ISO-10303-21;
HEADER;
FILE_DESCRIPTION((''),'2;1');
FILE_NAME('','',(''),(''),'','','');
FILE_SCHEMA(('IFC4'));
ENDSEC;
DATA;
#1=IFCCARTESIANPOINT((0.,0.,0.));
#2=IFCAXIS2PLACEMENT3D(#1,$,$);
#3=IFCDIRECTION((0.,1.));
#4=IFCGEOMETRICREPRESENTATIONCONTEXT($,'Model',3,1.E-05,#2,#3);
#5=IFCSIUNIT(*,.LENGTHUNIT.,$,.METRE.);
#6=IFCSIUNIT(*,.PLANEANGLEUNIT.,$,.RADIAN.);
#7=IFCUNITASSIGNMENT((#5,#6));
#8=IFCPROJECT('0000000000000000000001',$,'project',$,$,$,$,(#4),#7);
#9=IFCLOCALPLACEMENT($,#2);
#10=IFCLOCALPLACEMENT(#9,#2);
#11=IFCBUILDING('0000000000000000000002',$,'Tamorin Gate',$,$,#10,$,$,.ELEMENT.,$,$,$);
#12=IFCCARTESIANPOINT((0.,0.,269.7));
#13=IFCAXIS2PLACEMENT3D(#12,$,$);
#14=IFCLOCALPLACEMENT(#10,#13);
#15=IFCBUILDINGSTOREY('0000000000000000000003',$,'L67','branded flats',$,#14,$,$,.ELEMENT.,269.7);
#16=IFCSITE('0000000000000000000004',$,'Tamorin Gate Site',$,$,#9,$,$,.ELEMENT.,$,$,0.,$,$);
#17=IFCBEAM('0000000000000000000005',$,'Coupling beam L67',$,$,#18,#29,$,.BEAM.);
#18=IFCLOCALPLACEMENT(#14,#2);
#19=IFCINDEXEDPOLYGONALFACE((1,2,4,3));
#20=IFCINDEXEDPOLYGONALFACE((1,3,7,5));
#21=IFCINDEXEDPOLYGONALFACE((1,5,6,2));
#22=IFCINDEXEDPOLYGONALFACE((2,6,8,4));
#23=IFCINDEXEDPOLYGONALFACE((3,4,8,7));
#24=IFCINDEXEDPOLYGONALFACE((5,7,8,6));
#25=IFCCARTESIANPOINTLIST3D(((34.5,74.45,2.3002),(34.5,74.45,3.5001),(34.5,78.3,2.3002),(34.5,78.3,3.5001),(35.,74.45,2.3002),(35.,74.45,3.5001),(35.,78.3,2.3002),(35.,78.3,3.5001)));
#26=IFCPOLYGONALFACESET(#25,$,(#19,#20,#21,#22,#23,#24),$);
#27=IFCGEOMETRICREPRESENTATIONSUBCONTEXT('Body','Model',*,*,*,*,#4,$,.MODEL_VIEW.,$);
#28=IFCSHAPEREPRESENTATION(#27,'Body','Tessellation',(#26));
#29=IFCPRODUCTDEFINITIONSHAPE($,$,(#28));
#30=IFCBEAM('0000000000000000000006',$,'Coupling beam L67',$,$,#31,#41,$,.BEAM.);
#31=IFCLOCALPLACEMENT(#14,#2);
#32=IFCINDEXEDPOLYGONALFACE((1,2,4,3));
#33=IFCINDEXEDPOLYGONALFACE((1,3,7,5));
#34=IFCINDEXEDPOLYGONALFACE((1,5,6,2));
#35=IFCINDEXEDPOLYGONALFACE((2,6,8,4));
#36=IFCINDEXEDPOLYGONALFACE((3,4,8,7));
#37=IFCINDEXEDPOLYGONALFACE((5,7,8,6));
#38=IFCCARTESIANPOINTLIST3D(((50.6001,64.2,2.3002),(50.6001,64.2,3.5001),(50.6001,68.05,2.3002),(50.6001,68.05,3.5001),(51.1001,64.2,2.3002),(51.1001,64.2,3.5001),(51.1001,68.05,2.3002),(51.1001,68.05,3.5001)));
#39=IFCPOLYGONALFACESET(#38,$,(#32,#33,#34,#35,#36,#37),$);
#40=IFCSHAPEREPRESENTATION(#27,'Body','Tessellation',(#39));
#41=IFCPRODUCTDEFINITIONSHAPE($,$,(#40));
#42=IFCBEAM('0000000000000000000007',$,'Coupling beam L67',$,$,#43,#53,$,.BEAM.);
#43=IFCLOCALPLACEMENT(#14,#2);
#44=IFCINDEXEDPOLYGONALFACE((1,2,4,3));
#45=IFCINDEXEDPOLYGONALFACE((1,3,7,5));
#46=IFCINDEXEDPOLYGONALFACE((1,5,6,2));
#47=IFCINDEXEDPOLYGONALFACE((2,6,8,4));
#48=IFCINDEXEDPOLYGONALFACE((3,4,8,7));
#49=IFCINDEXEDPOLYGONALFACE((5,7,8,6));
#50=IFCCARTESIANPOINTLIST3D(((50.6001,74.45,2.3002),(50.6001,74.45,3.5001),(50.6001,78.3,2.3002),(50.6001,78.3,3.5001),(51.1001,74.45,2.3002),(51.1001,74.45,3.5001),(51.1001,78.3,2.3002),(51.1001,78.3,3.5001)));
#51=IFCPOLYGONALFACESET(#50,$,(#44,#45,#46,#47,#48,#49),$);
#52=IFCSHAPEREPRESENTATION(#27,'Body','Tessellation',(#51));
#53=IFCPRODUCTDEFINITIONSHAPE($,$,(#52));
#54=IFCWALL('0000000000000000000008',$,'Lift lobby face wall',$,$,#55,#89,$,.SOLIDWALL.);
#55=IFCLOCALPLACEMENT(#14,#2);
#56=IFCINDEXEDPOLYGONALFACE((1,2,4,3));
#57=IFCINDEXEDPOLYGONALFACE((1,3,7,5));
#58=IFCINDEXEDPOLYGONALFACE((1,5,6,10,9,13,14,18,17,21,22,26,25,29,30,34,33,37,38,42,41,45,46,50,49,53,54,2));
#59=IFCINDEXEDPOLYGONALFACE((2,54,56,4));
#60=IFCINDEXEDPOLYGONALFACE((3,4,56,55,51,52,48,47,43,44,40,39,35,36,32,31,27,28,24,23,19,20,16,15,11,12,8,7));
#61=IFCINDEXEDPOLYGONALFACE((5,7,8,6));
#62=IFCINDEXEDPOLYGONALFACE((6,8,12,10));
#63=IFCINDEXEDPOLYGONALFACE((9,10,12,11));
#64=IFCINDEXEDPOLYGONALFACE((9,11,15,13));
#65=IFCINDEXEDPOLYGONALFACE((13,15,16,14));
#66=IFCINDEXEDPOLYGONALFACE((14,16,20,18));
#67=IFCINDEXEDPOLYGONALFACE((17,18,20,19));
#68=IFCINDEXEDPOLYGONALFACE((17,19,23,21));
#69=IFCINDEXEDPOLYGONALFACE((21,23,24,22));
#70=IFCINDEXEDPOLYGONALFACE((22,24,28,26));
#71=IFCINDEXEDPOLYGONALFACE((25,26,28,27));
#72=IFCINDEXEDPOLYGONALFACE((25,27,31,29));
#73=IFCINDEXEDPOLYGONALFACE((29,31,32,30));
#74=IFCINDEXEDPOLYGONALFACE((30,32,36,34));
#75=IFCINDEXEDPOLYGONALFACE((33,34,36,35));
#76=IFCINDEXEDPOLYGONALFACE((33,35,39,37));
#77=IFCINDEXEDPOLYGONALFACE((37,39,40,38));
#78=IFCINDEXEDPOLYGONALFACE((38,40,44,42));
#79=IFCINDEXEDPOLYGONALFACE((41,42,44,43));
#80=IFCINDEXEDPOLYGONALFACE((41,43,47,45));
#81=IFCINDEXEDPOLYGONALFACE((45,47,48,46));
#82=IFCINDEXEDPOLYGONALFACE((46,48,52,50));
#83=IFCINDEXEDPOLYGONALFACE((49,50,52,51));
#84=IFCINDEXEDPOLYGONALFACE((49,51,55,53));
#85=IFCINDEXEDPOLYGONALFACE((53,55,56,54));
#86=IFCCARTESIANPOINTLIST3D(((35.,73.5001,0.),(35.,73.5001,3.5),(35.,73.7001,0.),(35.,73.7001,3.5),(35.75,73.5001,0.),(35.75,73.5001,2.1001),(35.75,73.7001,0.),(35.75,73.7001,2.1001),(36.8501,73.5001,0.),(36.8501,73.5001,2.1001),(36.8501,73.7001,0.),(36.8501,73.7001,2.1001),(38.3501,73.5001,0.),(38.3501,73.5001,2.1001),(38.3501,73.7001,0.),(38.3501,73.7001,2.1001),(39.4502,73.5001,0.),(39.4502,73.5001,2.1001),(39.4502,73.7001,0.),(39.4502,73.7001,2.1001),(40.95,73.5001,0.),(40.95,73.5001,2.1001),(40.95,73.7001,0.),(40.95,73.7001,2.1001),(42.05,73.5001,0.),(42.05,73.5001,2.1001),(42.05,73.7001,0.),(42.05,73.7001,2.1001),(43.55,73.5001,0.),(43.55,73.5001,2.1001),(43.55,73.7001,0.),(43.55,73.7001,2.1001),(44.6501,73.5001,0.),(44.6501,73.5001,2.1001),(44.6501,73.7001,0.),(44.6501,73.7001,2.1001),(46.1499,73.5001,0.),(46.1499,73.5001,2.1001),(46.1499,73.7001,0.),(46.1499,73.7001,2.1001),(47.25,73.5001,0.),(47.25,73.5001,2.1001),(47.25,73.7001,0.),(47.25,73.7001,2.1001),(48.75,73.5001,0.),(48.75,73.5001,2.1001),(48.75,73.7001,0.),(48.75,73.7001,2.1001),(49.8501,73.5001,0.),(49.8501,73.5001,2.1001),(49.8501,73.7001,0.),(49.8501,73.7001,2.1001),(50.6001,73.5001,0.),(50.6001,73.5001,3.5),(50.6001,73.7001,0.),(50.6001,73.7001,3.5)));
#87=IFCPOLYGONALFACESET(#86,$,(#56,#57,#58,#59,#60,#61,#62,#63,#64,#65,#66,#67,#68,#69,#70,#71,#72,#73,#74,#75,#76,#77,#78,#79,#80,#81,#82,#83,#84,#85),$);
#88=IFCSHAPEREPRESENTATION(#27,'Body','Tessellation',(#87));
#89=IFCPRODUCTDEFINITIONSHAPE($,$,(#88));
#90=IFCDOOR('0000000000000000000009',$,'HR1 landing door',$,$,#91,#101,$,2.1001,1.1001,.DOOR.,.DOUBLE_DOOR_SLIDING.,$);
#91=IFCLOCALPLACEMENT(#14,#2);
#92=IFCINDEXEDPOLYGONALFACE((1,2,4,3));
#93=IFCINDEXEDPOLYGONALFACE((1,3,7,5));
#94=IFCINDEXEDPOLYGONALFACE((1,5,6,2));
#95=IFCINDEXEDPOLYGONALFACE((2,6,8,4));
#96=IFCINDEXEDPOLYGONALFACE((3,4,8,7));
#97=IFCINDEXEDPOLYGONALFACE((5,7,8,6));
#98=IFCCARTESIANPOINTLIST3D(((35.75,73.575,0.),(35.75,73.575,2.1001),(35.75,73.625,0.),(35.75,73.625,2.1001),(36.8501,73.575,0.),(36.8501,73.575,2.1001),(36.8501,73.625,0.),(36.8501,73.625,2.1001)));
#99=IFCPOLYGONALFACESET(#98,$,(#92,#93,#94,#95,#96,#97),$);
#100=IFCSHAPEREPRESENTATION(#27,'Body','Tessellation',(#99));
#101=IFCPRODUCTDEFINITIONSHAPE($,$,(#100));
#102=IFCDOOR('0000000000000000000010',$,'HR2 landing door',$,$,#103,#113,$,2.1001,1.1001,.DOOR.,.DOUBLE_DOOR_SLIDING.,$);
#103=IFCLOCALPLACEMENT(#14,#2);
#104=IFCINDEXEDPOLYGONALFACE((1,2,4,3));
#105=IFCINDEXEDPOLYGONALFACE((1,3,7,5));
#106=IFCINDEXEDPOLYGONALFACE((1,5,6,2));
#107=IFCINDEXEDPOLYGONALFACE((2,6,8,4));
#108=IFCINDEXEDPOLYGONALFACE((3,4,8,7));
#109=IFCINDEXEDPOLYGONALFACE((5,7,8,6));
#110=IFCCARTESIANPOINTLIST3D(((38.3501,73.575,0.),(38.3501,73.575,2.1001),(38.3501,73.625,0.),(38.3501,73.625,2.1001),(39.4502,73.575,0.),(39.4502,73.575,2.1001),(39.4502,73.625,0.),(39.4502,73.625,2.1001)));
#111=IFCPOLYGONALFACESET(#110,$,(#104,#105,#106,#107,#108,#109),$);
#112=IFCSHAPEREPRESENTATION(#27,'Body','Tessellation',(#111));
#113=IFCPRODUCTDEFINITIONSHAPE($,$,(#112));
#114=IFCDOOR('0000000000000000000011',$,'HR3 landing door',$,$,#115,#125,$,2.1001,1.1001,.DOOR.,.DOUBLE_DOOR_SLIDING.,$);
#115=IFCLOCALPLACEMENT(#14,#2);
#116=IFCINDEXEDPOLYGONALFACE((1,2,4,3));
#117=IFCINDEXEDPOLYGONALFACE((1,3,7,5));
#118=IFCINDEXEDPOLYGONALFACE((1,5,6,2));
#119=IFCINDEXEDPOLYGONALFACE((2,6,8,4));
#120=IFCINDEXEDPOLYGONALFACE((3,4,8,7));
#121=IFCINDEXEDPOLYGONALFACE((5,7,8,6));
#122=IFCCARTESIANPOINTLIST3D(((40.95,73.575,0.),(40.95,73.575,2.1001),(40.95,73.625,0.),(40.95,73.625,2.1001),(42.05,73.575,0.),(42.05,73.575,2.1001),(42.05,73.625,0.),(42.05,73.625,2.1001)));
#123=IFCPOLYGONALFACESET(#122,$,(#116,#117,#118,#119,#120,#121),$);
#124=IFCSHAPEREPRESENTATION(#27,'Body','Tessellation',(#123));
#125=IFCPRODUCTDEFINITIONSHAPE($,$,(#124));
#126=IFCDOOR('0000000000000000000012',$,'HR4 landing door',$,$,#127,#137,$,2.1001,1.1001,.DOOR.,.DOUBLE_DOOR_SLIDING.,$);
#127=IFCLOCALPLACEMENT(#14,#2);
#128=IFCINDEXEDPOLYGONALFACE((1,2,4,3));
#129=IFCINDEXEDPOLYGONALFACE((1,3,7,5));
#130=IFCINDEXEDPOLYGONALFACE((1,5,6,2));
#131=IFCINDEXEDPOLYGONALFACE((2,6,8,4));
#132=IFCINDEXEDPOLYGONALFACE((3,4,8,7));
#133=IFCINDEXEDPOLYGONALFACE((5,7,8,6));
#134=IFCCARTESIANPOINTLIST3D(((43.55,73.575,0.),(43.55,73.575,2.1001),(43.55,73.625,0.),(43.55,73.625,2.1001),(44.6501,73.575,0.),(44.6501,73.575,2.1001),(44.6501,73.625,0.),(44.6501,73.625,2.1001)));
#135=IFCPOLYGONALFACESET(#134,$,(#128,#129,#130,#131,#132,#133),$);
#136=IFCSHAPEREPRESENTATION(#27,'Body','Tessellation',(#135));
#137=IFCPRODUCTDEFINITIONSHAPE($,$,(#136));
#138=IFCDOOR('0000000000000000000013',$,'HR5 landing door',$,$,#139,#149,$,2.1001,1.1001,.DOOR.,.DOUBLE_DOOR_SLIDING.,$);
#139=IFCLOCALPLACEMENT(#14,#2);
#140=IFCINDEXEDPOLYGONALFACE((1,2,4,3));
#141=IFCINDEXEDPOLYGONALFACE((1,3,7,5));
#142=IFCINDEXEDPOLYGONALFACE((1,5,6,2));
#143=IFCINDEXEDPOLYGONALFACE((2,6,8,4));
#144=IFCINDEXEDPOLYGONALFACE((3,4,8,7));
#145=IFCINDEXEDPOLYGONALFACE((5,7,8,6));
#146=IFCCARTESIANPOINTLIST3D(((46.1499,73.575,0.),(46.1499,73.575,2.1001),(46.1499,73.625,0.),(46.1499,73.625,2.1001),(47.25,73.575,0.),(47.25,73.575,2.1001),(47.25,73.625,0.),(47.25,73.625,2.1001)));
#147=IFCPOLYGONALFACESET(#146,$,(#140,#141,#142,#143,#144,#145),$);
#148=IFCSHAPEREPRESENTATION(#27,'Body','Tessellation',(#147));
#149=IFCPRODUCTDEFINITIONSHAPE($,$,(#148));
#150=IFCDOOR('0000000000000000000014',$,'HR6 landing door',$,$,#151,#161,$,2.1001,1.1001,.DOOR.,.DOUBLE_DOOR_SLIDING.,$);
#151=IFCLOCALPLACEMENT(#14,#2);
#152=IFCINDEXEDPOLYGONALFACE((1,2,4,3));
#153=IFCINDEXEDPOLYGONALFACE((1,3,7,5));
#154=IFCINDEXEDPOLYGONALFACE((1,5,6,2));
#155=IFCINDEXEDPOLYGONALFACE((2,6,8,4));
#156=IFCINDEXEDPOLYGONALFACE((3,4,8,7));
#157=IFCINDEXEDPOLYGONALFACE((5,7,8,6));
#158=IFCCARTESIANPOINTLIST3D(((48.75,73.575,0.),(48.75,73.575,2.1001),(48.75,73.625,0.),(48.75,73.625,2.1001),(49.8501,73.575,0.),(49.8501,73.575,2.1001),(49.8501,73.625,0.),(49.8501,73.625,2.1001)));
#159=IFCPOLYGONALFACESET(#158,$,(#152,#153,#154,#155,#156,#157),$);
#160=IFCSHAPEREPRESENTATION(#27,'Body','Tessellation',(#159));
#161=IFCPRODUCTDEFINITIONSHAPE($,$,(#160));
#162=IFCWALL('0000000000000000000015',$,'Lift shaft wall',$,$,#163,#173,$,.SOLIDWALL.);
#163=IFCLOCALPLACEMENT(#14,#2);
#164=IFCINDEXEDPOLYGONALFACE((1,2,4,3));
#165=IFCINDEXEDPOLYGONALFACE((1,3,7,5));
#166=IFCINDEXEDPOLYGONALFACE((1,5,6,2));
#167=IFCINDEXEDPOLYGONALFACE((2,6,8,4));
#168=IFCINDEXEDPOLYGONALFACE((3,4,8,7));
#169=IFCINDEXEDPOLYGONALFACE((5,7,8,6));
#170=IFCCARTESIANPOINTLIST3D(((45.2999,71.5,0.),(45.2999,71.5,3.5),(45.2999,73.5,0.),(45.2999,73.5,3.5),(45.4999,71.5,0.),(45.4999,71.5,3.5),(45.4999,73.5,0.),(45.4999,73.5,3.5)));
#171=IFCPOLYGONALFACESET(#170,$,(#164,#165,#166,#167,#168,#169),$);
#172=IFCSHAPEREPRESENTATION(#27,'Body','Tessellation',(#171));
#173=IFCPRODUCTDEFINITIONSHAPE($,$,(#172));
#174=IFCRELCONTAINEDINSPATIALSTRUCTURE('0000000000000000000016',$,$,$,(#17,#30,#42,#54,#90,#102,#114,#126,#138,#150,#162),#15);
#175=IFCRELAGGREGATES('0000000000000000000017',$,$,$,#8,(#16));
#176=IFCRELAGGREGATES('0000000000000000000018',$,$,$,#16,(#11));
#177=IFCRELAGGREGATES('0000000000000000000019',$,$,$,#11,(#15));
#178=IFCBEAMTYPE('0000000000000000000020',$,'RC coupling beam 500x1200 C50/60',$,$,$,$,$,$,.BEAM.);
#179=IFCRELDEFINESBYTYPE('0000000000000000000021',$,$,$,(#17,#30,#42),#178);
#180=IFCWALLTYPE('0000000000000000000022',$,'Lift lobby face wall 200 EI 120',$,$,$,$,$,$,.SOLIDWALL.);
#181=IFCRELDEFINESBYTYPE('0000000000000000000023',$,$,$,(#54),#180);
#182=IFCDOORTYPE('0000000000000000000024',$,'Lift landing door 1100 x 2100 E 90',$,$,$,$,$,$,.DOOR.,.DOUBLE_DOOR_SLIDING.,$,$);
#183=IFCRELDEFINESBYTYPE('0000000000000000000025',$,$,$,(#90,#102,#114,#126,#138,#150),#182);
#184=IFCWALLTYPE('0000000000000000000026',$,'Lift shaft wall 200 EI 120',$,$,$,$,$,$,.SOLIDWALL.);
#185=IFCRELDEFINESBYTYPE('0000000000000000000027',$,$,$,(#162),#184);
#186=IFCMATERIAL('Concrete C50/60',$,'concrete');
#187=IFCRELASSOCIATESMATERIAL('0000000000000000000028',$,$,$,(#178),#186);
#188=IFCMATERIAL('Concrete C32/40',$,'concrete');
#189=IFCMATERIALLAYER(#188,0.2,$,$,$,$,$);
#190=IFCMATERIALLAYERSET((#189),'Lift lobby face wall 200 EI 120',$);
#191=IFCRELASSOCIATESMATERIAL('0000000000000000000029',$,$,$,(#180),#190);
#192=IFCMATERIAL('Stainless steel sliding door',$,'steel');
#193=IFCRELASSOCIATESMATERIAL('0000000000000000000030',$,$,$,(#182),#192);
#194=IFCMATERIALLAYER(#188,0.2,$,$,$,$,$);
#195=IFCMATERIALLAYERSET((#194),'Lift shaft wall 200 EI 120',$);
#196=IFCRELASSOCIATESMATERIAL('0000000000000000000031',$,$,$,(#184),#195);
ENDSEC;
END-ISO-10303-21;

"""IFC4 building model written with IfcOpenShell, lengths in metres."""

from ifc_helpers import new_model, si_unit, direction, frame, frame_2d, origin, origin_2d, place, context, subcontext, project, spatial, rectangle, extrude, material, layer, layer_set, material_profile, profile_set, type_object, element, fill, save


model = new_model("IFC4")

# Units and contexts
model_context = context("Model", 3, precision=1e-05, world=origin(), true_north=direction((0.0, 1.0)))
body_context = subcontext(model_context, "Body", "Model", "MODEL_VIEW")
ifc_project = project(units=[si_unit("LENGTHUNIT", "METRE"), si_unit("PLANEANGLEUNIT", "RADIAN")], contexts=[model_context])

# Site, building, storey
site_placement = place(None, origin())
site = spatial("IfcSite", under=ifc_project, at=site_placement, Name="Tamorin Gate Site", CompositionType="ELEMENT", RefElevation=0.0)
building_placement = place(site_placement, origin())
building = spatial("IfcBuilding", under=site, at=building_placement, Name="Tamorin Gate", CompositionType="ELEMENT")
storey_placement = place(building_placement, frame((0.0, 0.0, 269.7)))
storey = spatial("IfcBuildingStorey", under=building, at=storey_placement, Name="L67", Description="branded flats", CompositionType="ELEMENT", Elevation=269.7)

# Beams
ifc_material_1 = material(Name="Concrete C50/60", Category="concrete")
ifc_material_profile = material_profile(ifc_material_1, rectangle(XDim=0.5, YDim=1.2, at=origin_2d()), Name="RC 500x1200")
ifc_profile_set = profile_set([ifc_material_profile], Name="Concrete C50/60")
beam_type = type_object("IfcBeamType", Name="RC coupling beam 500x1200 C50/60", PredefinedType="BEAM", material=ifc_profile_set)
for number, where, z_axis, x_axis, name in (
    (1, (34.75, 74.45, 2.9001), (0.0, 1.0, 0.0), (-1.0, 0.0, 0.0), "Coupling beam L67"),
    (2, (50.8501, 64.2, 2.9001), (0.0, 1.0, 0.0), (-1.0, 0.0, 0.0), "Coupling beam L67"),
    (3, (50.8501, 74.45, 2.9001), (0.0, 1.0, 0.0), (-1.0, 0.0, 0.0), "Coupling beam L67"),
):
    element("IfcBeam", number, at=place(storey_placement, frame(where, z_axis=z_axis, x_axis=x_axis)), inside=storey, type_object=beam_type, Name=name, PredefinedType="BEAM", context=body_context, shape_type="SweptSolid", body=[
        extrude(rectangle(XDim=0.5, YDim=1.2, at=origin_2d()), origin(), (0.0, 0.0, 1.0), 3.8501),
    ])

# Wall, openings, doors
ifc_material_2 = material(Name="Concrete C32/40", Category="concrete")
ifc_layer_1 = layer(ifc_material_2, 0.2)
ifc_layer_set_1 = layer_set([ifc_layer_1], Name="Lift lobby face wall 200 EI 120")
wall_type_1 = type_object("IfcWallType", Name="Lift lobby face wall 200 EI 120", PredefinedType="SOLIDWALL", material=ifc_layer_set_1)
wall_1_placement = place(storey_placement, frame((35.0, 73.6001, 0.0), z_axis=(0.0, 0.0, 1.0), x_axis=(1.0, 0.0, 0.0)))
wall_1 = element("IfcWall", 4, at=wall_1_placement, inside=storey, type_object=wall_type_1, Name="Lift lobby face wall", PredefinedType="SOLIDWALL", context=body_context, shape_type="SweptSolid", body=[
    extrude(rectangle(XDim=15.6001, YDim=0.2, at=frame_2d((7.8, 0.0))), origin(), (0.0, 0.0, 1.0), 3.5),
])
opening_1_placement = place(wall_1_placement, frame((0.75, 0.0, 0.0)))
opening_1 = element("IfcOpeningElement", 5, at=opening_1_placement, cuts=wall_1, PredefinedType="OPENING", context=body_context, shape_type="SweptSolid", body=[
    extrude(rectangle(XDim=1.1001, YDim=2.1001, at=frame_2d((0.55, 1.05))), frame((0.0, 0.1099, 0.0), z_axis=(0.0, -1.0, 0.0), x_axis=(1.0, 0.0, 0.0)), (0.0, 0.0, 1.0), 0.22),
])
opening_2_placement = place(wall_1_placement, frame((3.3501, 0.0, 0.0)))
opening_2 = element("IfcOpeningElement", 6, at=opening_2_placement, cuts=wall_1, PredefinedType="OPENING", context=body_context, shape_type="SweptSolid", body=[
    extrude(rectangle(XDim=1.1001, YDim=2.1001, at=frame_2d((0.55, 1.05))), frame((0.0, 0.1099, 0.0), z_axis=(0.0, -1.0, 0.0), x_axis=(1.0, 0.0, 0.0)), (0.0, 0.0, 1.0), 0.22),
])
opening_3_placement = place(wall_1_placement, frame((5.95, 0.0, 0.0)))
opening_3 = element("IfcOpeningElement", 7, at=opening_3_placement, cuts=wall_1, PredefinedType="OPENING", context=body_context, shape_type="SweptSolid", body=[
    extrude(rectangle(XDim=1.1001, YDim=2.1001, at=frame_2d((0.55, 1.05))), frame((0.0, 0.1099, 0.0), z_axis=(0.0, -1.0, 0.0), x_axis=(1.0, 0.0, 0.0)), (0.0, 0.0, 1.0), 0.22),
])
opening_4_placement = place(wall_1_placement, frame((8.55, 0.0, 0.0)))
opening_4 = element("IfcOpeningElement", 8, at=opening_4_placement, cuts=wall_1, PredefinedType="OPENING", context=body_context, shape_type="SweptSolid", body=[
    extrude(rectangle(XDim=1.1001, YDim=2.1001, at=frame_2d((0.55, 1.05))), frame((0.0, 0.1099, 0.0), z_axis=(0.0, -1.0, 0.0), x_axis=(1.0, 0.0, 0.0)), (0.0, 0.0, 1.0), 0.22),
])
opening_5_placement = place(wall_1_placement, frame((11.1499, 0.0, 0.0)))
opening_5 = element("IfcOpeningElement", 9, at=opening_5_placement, cuts=wall_1, PredefinedType="OPENING", context=body_context, shape_type="SweptSolid", body=[
    extrude(rectangle(XDim=1.1001, YDim=2.1001, at=frame_2d((0.55, 1.05))), frame((0.0, 0.1099, 0.0), z_axis=(0.0, -1.0, 0.0), x_axis=(1.0, 0.0, 0.0)), (0.0, 0.0, 1.0), 0.22),
])
opening_6_placement = place(wall_1_placement, frame((13.75, 0.0, 0.0)))
opening_6 = element("IfcOpeningElement", 10, at=opening_6_placement, cuts=wall_1, PredefinedType="OPENING", context=body_context, shape_type="SweptSolid", body=[
    extrude(rectangle(XDim=1.1001, YDim=2.1001, at=frame_2d((0.55, 1.05))), frame((0.0, 0.1099, 0.0), z_axis=(0.0, -1.0, 0.0), x_axis=(1.0, 0.0, 0.0)), (0.0, 0.0, 1.0), 0.22),
])
ifc_material_3 = material(Name="Stainless steel sliding door", Category="steel")
door_type_1 = type_object("IfcDoorType", Name="Lift landing door 1100 x 2100 E 90", OperationType="DOUBLE_DOOR_SLIDING", PredefinedType="DOOR", material=ifc_material_3)
door_1_placement = place(opening_1_placement, origin())
door_1 = element("IfcDoor", 11, at=door_1_placement, inside=storey, type_object=door_type_1, Name="HR1 landing door", OperationType="DOUBLE_DOOR_SLIDING", OverallHeight=2.1001, OverallWidth=1.1001, PredefinedType="DOOR", context=body_context, shape_type="SweptSolid", body=[
    extrude(rectangle(XDim=1.1001, YDim=2.1001, at=frame_2d((0.55, 1.05))), frame((0.0, 0.0249, 0.0), z_axis=(0.0, -1.0, 0.0), x_axis=(1.0, 0.0, 0.0)), (0.0, 0.0, 1.0), 0.05),
])
fill(opening_1, door_1)
door_2_placement = place(opening_2_placement, origin())
door_2 = element("IfcDoor", 12, at=door_2_placement, inside=storey, type_object=door_type_1, Name="HR2 landing door", OperationType="DOUBLE_DOOR_SLIDING", OverallHeight=2.1001, OverallWidth=1.1001, PredefinedType="DOOR", context=body_context, shape_type="SweptSolid", body=[
    extrude(rectangle(XDim=1.1001, YDim=2.1001, at=frame_2d((0.55, 1.05))), frame((0.0, 0.0249, 0.0), z_axis=(0.0, -1.0, 0.0), x_axis=(1.0, 0.0, 0.0)), (0.0, 0.0, 1.0), 0.05),
])
fill(opening_2, door_2)
door_3_placement = place(opening_3_placement, origin())
door_3 = element("IfcDoor", 13, at=door_3_placement, inside=storey, type_object=door_type_1, Name="HR3 landing door", OperationType="DOUBLE_DOOR_SLIDING", OverallHeight=2.1001, OverallWidth=1.1001, PredefinedType="DOOR", context=body_context, shape_type="SweptSolid", body=[
    extrude(rectangle(XDim=1.1001, YDim=2.1001, at=frame_2d((0.55, 1.05))), frame((0.0, 0.0249, 0.0), z_axis=(0.0, -1.0, 0.0), x_axis=(1.0, 0.0, 0.0)), (0.0, 0.0, 1.0), 0.05),
])
fill(opening_3, door_3)
door_4_placement = place(opening_4_placement, origin())
door_4 = element("IfcDoor", 14, at=door_4_placement, inside=storey, type_object=door_type_1, Name="HR4 landing door", OperationType="DOUBLE_DOOR_SLIDING", OverallHeight=2.1001, OverallWidth=1.1001, PredefinedType="DOOR", context=body_context, shape_type="SweptSolid", body=[
    extrude(rectangle(XDim=1.1001, YDim=2.1001, at=frame_2d((0.55, 1.05))), frame((0.0, 0.0249, 0.0), z_axis=(0.0, -1.0, 0.0), x_axis=(1.0, 0.0, 0.0)), (0.0, 0.0, 1.0), 0.05),
])
fill(opening_4, door_4)
door_5_placement = place(opening_5_placement, origin())
door_5 = element("IfcDoor", 15, at=door_5_placement, inside=storey, type_object=door_type_1, Name="HR5 landing door", OperationType="DOUBLE_DOOR_SLIDING", OverallHeight=2.1001, OverallWidth=1.1001, PredefinedType="DOOR", context=body_context, shape_type="SweptSolid", body=[
    extrude(rectangle(XDim=1.1001, YDim=2.1001, at=frame_2d((0.55, 1.05))), frame((0.0, 0.0249, 0.0), z_axis=(0.0, -1.0, 0.0), x_axis=(1.0, 0.0, 0.0)), (0.0, 0.0, 1.0), 0.05),
])
fill(opening_5, door_5)
door_6_placement = place(opening_6_placement, origin())
door_6 = element("IfcDoor", 16, at=door_6_placement, inside=storey, type_object=door_type_1, Name="HR6 landing door", OperationType="DOUBLE_DOOR_SLIDING", OverallHeight=2.1001, OverallWidth=1.1001, PredefinedType="DOOR", context=body_context, shape_type="SweptSolid", body=[
    extrude(rectangle(XDim=1.1001, YDim=2.1001, at=frame_2d((0.55, 1.05))), frame((0.0, 0.0249, 0.0), z_axis=(0.0, -1.0, 0.0), x_axis=(1.0, 0.0, 0.0)), (0.0, 0.0, 1.0), 0.05),
])
fill(opening_6, door_6)

# Wall
ifc_layer_2 = layer(ifc_material_2, 0.2)
ifc_layer_set_2 = layer_set([ifc_layer_2], Name="Lift shaft wall 200 EI 120")
wall_type_2 = type_object("IfcWallType", Name="Lift shaft wall 200 EI 120", PredefinedType="SOLIDWALL", material=ifc_layer_set_2)
wall_2_placement = place(storey_placement, frame((45.3999, 71.5, 0.0), z_axis=(0.0, 0.0, 1.0), x_axis=(0.0, 1.0, 0.0)))
element("IfcWall", 17, at=wall_2_placement, inside=storey, type_object=wall_type_2, Name="Lift shaft wall", PredefinedType="SOLIDWALL", context=body_context, shape_type="SweptSolid", body=[
    extrude(rectangle(XDim=2.0, YDim=0.2, at=frame_2d((1.0, 0.0))), origin(), (0.0, 0.0, 1.0), 3.5),
])

save(model, "model.ifc")
